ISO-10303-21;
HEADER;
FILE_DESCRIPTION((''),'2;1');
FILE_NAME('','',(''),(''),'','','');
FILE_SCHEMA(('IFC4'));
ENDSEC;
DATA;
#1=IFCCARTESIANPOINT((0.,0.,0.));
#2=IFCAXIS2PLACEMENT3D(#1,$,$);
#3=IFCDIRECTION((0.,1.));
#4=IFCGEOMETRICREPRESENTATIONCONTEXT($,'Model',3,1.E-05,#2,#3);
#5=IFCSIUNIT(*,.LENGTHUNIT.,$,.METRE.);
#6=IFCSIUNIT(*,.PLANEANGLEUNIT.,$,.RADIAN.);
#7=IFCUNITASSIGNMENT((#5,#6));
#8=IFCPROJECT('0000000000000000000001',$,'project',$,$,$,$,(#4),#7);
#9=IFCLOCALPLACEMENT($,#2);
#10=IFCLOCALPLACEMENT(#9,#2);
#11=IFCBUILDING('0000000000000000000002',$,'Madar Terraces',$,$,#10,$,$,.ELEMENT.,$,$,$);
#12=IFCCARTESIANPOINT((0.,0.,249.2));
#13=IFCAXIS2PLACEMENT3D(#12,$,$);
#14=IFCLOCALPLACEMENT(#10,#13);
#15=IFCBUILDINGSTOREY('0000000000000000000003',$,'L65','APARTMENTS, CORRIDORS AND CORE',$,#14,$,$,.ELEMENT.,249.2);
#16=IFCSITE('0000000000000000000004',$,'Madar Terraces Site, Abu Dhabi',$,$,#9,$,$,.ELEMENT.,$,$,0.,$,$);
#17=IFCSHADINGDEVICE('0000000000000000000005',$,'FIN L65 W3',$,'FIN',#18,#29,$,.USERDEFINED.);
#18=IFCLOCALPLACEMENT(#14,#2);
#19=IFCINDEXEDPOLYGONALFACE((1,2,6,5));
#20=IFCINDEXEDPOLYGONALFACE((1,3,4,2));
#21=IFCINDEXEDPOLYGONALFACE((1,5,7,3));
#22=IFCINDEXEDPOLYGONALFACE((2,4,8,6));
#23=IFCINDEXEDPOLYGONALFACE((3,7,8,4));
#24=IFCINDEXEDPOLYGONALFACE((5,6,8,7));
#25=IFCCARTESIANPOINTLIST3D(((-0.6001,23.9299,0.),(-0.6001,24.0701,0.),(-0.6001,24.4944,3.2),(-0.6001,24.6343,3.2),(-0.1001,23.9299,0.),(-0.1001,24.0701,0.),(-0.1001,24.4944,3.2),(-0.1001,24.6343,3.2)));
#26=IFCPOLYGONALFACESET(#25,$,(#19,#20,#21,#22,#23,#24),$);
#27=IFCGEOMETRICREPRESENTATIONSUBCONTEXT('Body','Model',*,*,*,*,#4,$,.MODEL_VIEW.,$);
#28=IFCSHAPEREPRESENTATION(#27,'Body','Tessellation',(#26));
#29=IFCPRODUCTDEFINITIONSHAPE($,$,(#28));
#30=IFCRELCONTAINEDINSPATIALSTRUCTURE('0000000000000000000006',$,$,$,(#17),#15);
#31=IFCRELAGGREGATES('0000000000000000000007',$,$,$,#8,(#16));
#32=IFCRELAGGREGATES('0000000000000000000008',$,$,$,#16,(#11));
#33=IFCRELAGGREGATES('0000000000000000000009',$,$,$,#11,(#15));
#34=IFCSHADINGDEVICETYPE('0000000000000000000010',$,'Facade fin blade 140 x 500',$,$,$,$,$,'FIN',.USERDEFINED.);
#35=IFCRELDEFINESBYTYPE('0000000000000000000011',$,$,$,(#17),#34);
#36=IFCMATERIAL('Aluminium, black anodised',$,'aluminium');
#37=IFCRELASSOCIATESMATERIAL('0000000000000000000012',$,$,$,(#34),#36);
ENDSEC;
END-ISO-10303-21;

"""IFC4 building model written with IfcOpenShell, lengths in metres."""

from ifc_helpers import new_model, si_unit, direction, frame, origin, place, context, subcontext, project, spatial, polyline, outline, extrude, material, type_object, element, save


model = new_model("IFC4")

# Units and contexts
model_context = context("Model", 3, precision=1e-05, world=origin(), true_north=direction((0.0, 1.0)))
body_context = subcontext(model_context, "Body", "Model", "MODEL_VIEW")
ifc_project = project(units=[si_unit("LENGTHUNIT", "METRE"), si_unit("PLANEANGLEUNIT", "RADIAN")], contexts=[model_context])

# Site, building, storey
site_placement = place(None, origin())
site = spatial("IfcSite", under=ifc_project, at=site_placement, Name="Madar Terraces Site, Abu Dhabi", CompositionType="ELEMENT", RefElevation=0.0)
building_placement = place(site_placement, origin())
building = spatial("IfcBuilding", under=site, at=building_placement, Name="Madar Terraces", CompositionType="ELEMENT")
storey_placement = place(building_placement, frame((0.0, 0.0, 249.2)))
storey = spatial("IfcBuildingStorey", under=building, at=storey_placement, Name="L65", Description="APARTMENTS, CORRIDORS AND CORE", CompositionType="ELEMENT", Elevation=249.2)

# Shading device
ifc_material_1 = material(Name="Aluminium, black anodised", Category="aluminium")
shading_device_type = type_object("IfcShadingDeviceType", Name="Facade fin blade 140 x 500", ElementType="FIN", PredefinedType="USERDEFINED", material=ifc_material_1)
shading_device_placement = place(storey_placement, frame((-0.3501, 24.0701, 0.0), z_axis=(0.0, 0.0, 1.0), x_axis=(0.0, -1.0, 0.0)))
element("IfcShadingDevice", 1, at=shading_device_placement, inside=storey, type_object=shading_device_type, Name="FIN L65 W3", ObjectType="FIN", PredefinedType="USERDEFINED", context=body_context, shape_type="SweptSolid", body=[
    extrude(outline(polyline([(0.0, 0.0), (0.1401, 0.0), (-0.4243, 3.2), (-0.5642, 3.2), (0.0, 0.0)])), frame((0.0, 0.25, 0.0), z_axis=(0.0, -1.0, 0.0), x_axis=(1.0, 0.0, 0.0)), (0.0, 0.0, 1.0), 0.5),
])

save(model, "model.ifc")
